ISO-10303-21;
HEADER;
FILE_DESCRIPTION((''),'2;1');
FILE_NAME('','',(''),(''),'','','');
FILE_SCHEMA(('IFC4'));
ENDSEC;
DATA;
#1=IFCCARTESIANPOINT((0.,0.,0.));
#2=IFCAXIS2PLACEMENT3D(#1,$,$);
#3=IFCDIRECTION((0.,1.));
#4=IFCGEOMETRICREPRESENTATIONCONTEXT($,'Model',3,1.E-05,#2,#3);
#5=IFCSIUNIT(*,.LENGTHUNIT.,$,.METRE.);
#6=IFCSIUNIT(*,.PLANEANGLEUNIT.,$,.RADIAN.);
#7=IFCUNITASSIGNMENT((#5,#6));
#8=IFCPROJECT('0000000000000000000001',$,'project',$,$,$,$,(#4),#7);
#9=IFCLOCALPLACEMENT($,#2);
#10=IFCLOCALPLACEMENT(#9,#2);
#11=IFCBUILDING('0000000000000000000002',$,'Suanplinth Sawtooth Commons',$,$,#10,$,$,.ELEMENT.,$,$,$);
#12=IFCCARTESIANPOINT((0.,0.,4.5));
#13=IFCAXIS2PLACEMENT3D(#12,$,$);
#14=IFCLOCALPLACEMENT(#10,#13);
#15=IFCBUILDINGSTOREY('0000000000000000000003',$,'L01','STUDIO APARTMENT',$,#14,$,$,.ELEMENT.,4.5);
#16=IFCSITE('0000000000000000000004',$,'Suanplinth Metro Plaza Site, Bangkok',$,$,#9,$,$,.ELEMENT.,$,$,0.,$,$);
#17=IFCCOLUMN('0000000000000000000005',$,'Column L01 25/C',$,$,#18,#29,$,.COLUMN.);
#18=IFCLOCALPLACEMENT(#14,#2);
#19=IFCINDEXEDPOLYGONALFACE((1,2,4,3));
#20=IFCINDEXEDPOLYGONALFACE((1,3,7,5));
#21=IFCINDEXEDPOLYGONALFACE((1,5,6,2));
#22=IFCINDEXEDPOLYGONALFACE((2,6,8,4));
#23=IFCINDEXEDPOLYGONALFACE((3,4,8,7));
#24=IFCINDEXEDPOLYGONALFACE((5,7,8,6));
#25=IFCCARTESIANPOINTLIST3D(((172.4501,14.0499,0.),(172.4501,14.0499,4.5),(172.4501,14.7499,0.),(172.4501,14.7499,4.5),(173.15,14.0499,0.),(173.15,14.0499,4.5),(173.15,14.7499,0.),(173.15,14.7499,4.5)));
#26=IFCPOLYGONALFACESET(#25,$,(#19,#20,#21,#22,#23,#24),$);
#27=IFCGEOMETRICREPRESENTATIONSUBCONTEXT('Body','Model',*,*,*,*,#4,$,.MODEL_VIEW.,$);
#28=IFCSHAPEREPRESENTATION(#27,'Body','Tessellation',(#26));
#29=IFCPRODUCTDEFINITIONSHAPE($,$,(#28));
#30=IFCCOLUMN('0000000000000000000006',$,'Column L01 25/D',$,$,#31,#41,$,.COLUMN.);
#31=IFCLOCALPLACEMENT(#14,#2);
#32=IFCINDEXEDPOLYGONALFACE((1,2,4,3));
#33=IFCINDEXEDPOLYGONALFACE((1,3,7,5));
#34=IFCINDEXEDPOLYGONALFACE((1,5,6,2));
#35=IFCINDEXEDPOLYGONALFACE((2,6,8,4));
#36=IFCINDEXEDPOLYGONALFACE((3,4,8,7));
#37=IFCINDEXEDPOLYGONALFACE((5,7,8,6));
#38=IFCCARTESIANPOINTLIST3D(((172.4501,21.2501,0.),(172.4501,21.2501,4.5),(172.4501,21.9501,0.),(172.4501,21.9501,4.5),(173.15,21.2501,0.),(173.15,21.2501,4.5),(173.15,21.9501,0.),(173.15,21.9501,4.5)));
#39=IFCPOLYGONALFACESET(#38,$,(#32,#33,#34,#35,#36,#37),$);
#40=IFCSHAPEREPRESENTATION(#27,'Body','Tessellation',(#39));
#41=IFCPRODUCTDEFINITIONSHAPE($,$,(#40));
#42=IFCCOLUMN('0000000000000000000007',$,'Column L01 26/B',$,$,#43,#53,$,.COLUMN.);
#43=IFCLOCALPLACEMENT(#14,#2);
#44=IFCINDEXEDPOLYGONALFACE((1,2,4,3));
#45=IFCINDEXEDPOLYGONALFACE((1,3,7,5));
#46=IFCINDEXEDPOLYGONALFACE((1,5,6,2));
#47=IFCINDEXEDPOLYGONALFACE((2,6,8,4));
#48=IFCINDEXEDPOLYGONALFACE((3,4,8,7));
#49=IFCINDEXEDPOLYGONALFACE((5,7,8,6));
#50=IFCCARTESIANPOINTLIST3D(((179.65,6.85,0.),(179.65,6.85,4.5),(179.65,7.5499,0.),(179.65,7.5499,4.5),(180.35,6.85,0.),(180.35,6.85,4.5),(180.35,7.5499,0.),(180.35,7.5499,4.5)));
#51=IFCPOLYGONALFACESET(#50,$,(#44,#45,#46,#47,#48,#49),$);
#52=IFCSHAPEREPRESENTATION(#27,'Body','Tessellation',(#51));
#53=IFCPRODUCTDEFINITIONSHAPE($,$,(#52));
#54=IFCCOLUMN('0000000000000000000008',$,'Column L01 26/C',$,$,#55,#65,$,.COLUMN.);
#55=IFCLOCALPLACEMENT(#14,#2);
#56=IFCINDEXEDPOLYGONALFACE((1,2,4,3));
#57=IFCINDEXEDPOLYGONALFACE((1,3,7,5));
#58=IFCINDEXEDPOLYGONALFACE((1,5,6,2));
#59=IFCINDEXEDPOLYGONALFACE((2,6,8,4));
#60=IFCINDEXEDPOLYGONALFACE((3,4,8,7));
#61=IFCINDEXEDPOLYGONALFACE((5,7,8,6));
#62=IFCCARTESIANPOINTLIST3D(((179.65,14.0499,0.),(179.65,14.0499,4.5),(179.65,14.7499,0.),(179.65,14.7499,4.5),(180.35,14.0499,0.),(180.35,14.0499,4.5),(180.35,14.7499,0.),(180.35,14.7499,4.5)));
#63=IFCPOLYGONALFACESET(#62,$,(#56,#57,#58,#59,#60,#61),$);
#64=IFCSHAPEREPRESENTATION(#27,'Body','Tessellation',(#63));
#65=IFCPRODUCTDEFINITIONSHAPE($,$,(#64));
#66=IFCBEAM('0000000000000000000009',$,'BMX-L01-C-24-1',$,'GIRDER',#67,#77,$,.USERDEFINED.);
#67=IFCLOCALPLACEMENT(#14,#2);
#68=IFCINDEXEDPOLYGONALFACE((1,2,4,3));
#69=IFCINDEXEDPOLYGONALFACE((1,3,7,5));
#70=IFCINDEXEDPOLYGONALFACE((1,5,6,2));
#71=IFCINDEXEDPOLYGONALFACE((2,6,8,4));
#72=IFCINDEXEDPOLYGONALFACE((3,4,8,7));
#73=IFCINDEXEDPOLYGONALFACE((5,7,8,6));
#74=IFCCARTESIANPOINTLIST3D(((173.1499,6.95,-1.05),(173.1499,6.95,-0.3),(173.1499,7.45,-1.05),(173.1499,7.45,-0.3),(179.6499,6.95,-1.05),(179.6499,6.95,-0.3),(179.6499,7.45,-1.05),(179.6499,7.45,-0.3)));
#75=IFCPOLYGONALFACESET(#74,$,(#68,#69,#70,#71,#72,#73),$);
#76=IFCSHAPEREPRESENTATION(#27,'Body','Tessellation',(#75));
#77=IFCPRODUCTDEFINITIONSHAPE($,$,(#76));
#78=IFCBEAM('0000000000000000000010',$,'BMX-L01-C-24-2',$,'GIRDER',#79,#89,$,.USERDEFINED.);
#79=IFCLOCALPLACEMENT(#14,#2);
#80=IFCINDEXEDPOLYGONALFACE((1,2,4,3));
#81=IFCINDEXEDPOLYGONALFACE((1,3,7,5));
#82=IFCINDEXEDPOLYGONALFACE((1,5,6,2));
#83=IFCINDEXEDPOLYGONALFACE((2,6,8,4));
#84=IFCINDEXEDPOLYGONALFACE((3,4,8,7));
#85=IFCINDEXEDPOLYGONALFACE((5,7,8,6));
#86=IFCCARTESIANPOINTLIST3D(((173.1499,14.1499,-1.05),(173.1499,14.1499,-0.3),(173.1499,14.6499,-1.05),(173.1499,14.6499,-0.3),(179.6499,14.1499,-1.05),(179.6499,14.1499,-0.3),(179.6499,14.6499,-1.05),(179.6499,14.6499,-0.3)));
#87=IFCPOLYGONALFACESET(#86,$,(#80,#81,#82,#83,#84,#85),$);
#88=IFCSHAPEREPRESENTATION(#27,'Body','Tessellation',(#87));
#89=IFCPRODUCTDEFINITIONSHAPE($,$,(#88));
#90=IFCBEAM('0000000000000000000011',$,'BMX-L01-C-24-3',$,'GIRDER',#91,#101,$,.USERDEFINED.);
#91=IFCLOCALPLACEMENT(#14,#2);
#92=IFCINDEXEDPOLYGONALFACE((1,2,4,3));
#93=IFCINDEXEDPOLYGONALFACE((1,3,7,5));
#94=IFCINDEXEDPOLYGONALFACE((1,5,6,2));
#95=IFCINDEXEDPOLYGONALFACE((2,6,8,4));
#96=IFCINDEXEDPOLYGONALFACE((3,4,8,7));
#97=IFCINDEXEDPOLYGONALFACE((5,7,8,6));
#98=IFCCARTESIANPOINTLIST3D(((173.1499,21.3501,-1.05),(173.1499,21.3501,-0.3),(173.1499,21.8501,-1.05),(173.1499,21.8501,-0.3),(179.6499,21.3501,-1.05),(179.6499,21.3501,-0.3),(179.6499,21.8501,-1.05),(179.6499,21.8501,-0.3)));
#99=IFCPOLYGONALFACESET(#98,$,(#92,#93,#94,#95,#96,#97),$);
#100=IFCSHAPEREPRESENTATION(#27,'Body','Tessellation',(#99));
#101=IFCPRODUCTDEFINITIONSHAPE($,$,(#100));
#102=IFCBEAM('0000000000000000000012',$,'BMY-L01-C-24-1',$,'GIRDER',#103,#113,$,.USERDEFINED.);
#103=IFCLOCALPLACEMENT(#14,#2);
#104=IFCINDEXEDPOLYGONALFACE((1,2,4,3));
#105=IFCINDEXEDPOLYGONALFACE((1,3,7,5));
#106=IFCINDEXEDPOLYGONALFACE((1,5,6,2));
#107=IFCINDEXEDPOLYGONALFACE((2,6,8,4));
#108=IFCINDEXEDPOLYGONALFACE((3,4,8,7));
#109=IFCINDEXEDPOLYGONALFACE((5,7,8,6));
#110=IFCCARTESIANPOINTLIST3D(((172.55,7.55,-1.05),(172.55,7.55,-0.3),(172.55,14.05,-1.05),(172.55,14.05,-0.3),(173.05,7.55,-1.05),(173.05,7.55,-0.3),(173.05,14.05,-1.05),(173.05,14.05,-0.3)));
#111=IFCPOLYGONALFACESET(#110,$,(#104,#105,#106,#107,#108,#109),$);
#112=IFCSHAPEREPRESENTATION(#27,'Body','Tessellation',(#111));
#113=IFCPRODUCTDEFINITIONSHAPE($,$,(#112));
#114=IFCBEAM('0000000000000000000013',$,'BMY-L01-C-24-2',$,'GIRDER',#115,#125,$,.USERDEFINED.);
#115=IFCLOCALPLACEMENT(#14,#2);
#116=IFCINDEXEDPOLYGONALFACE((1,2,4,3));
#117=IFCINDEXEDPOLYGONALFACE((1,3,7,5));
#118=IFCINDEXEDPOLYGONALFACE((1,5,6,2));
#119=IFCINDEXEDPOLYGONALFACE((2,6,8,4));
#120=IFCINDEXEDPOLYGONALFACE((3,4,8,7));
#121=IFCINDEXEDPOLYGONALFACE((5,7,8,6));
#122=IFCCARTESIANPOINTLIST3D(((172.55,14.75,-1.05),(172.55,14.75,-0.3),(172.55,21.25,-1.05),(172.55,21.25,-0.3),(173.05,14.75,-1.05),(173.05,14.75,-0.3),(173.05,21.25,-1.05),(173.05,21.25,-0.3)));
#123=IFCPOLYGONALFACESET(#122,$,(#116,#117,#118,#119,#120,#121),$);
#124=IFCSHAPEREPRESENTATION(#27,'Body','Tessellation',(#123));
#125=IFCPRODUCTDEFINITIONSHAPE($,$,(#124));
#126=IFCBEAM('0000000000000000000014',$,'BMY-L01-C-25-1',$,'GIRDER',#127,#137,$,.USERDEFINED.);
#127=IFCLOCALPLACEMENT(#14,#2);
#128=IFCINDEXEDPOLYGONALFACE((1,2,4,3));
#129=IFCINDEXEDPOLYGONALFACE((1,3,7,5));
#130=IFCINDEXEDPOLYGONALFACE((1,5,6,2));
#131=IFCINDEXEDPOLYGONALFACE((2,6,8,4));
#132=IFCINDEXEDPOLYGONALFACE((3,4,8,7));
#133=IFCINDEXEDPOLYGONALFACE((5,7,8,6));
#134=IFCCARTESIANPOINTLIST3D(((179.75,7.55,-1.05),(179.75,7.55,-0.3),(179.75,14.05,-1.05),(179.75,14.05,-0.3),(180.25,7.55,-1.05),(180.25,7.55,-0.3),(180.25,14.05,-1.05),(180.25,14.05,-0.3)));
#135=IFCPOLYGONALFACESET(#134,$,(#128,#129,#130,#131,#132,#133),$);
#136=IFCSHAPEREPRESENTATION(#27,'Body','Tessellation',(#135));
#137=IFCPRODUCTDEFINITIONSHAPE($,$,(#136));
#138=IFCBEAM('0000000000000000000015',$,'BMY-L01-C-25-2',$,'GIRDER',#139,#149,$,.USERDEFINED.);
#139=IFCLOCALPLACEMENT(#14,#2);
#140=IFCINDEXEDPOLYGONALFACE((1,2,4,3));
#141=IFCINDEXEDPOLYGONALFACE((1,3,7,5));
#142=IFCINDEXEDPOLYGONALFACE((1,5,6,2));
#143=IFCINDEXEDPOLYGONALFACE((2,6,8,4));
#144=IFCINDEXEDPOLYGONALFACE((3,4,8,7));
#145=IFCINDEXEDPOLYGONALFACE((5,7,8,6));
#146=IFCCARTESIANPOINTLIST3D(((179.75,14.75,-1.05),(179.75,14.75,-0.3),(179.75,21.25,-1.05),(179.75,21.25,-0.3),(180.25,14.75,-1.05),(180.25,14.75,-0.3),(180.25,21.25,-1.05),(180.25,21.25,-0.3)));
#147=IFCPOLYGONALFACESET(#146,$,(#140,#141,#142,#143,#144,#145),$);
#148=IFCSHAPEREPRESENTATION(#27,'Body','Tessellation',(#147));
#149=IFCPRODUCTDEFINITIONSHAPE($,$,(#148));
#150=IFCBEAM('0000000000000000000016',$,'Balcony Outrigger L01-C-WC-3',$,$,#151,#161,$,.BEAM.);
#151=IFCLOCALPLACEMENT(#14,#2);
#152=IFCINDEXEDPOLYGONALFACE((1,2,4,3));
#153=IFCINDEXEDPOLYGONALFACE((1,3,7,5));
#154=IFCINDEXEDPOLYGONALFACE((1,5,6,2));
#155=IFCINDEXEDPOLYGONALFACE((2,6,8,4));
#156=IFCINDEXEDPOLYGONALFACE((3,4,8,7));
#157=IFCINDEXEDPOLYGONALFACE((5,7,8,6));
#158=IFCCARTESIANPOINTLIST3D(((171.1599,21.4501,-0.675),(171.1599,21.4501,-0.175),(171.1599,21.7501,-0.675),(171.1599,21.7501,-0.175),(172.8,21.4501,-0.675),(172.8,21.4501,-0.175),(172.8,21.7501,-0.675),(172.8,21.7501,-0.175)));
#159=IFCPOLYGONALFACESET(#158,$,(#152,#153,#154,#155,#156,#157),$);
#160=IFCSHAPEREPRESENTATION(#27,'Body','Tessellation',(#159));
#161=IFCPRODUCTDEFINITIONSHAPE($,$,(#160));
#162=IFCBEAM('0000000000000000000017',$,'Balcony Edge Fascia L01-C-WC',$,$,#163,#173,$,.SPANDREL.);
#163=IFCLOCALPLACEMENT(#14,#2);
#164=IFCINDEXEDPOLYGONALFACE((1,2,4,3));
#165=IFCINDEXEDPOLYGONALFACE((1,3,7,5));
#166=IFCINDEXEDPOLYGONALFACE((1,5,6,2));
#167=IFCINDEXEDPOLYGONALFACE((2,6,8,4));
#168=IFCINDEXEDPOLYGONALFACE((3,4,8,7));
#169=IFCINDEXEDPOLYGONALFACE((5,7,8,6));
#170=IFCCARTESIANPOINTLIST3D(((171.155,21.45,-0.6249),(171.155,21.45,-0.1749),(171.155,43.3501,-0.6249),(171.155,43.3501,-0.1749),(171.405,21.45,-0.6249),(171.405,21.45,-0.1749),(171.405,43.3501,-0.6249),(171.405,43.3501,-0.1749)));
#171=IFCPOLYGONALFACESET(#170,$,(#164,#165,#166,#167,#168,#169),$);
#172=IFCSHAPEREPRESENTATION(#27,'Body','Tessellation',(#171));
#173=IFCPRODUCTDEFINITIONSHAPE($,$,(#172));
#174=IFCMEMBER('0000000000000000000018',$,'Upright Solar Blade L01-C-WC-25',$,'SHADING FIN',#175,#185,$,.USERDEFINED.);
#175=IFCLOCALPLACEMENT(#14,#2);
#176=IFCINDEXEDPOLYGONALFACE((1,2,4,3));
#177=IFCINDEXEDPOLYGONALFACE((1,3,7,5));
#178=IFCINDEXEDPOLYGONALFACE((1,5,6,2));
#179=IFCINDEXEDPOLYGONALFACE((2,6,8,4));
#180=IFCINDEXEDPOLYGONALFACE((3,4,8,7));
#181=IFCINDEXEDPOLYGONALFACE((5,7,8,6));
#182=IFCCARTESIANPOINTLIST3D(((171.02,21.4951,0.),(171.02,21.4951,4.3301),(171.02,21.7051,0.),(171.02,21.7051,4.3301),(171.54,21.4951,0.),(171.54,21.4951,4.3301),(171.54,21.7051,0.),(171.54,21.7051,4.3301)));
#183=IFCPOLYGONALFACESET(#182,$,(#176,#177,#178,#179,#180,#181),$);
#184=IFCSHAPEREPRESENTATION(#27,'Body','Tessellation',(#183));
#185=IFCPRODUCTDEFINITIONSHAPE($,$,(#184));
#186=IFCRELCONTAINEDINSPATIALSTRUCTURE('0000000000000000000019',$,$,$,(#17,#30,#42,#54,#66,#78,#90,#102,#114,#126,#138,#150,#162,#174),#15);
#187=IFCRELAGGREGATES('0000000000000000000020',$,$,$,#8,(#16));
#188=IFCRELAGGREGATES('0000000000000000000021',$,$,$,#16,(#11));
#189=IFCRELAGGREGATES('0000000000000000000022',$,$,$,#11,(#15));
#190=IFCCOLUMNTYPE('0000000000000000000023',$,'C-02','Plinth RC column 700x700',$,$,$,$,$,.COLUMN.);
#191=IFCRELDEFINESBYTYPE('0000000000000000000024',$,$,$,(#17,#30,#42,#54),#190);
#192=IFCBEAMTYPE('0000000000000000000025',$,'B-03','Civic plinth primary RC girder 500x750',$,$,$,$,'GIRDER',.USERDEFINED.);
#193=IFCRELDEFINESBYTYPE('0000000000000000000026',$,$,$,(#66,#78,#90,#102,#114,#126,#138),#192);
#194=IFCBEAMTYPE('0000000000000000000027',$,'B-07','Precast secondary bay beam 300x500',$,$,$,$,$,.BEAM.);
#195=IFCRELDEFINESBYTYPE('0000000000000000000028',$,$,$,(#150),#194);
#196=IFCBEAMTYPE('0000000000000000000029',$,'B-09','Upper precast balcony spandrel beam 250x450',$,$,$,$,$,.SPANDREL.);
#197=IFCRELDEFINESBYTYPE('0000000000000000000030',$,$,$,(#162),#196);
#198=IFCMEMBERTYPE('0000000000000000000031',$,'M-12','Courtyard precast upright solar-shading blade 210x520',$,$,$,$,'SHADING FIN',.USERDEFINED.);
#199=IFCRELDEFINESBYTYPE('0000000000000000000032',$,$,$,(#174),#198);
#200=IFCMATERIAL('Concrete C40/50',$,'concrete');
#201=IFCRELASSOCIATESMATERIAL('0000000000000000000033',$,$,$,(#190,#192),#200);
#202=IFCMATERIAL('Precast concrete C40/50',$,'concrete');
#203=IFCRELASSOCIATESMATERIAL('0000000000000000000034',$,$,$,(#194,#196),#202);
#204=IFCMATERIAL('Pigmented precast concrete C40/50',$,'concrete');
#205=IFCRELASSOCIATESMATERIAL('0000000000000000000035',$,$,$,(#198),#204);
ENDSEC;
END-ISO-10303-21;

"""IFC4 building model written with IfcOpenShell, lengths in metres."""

from ifc_helpers import new_model, si_unit, direction, frame, origin, origin_2d, place, context, subcontext, project, spatial, rectangle, extrude, material, material_profile, profile_set, type_object, element, save


model = new_model("IFC4")

# Units and contexts
model_context = context("Model", 3, precision=1e-05, world=origin(), true_north=direction((0.0, 1.0)))
body_context = subcontext(model_context, "Body", "Model", "MODEL_VIEW")
ifc_project = project(units=[si_unit("LENGTHUNIT", "METRE"), si_unit("PLANEANGLEUNIT", "RADIAN")], contexts=[model_context])

# Site, building, storey
site_placement = place(None, origin())
site = spatial("IfcSite", under=ifc_project, at=site_placement, Name="Suanplinth Metro Plaza Site, Bangkok", CompositionType="ELEMENT", RefElevation=0.0)
building_placement = place(site_placement, origin())
building = spatial("IfcBuilding", under=site, at=building_placement, Name="Suanplinth Sawtooth Commons", CompositionType="ELEMENT")
storey_placement = place(building_placement, frame((0.0, 0.0, 4.5)))
storey = spatial("IfcBuildingStorey", under=building, at=storey_placement, Name="L01", Description="STUDIO APARTMENT", CompositionType="ELEMENT", Elevation=4.5)

# Columns
ifc_material_1 = material(Name="Concrete C40/50", Category="concrete")
ifc_material_profile_1 = material_profile(ifc_material_1, rectangle(XDim=0.7, YDim=0.7, at=origin_2d()), Name="RC-COL 700x700")
ifc_profile_set_1 = profile_set([ifc_material_profile_1], Name="Concrete C40/50")
column_type = type_object("IfcColumnType", Name="C-02", Description="Plinth RC column 700x700", PredefinedType="COLUMN", material=ifc_profile_set_1)
for number, where, z_axis, x_axis, name in (
    (1, (172.8, 14.3999, 0.0), (0.0, 0.0, 1.0), (1.0, 0.0, 0.0), "Column L01 25/C"),
    (2, (172.8, 21.6001, 0.0), (0.0, 0.0, 1.0), (1.0, 0.0, 0.0), "Column L01 25/D"),
    (3, (180.0, 7.2, 0.0), (0.0, 0.0, 1.0), (1.0, 0.0, 0.0), "Column L01 26/B"),
    (4, (180.0, 14.3999, 0.0), (0.0, 0.0, 1.0), (1.0, 0.0, 0.0), "Column L01 26/C"),
):
    element("IfcColumn", number, at=place(storey_placement, frame(where, z_axis=z_axis, x_axis=x_axis)), inside=storey, type_object=column_type, Name=name, PredefinedType="COLUMN", context=body_context, shape_type="SweptSolid", body=[
        extrude(rectangle(XDim=0.7, YDim=0.7, at=origin_2d()), origin(), (0.0, 0.0, 1.0), 4.5),
    ])

# Beams
ifc_material_profile_2 = material_profile(ifc_material_1, rectangle(XDim=0.5, YDim=0.75, at=origin_2d()), Name="RC-GDR 500x750")
ifc_profile_set_2 = profile_set([ifc_material_profile_2], Name="Concrete C40/50")
beam_type_1 = type_object("IfcBeamType", Name="B-03", Description="Civic plinth primary RC girder 500x750", ElementType="GIRDER", PredefinedType="USERDEFINED", material=ifc_profile_set_2)
for number, where, z_axis, x_axis, name in (
    (5, (173.1499, 7.2, -0.675), (1.0, 0.0, 0.0), (0.0, 1.0, 0.0), "BMX-L01-C-24-1"),
    (6, (173.1499, 14.3999, -0.675), (1.0, 0.0, 0.0), (0.0, 1.0, 0.0), "BMX-L01-C-24-2"),
    (7, (173.1499, 21.6001, -0.675), (1.0, 0.0, 0.0), (0.0, 1.0, 0.0), "BMX-L01-C-24-3"),
    (8, (172.8, 7.55, -0.675), (0.0, 1.0, 0.0), (-1.0, 0.0, 0.0), "BMY-L01-C-24-1"),
    (9, (172.8, 14.75, -0.675), (0.0, 1.0, 0.0), (-1.0, 0.0, 0.0), "BMY-L01-C-24-2"),
    (10, (180.0, 7.55, -0.675), (0.0, 1.0, 0.0), (-1.0, 0.0, 0.0), "BMY-L01-C-25-1"),
    (11, (180.0, 14.75, -0.675), (0.0, 1.0, 0.0), (-1.0, 0.0, 0.0), "BMY-L01-C-25-2"),
):
    element("IfcBeam", number, at=place(storey_placement, frame(where, z_axis=z_axis, x_axis=x_axis)), inside=storey, type_object=beam_type_1, Name=name, ObjectType="GIRDER", PredefinedType="USERDEFINED", context=body_context, shape_type="SweptSolid", body=[
        extrude(rectangle(XDim=0.5, YDim=0.75, at=origin_2d()), origin(), (0.0, 0.0, 1.0), 6.5),
    ])
ifc_material_2 = material(Name="Precast concrete C40/50", Category="concrete")
ifc_material_profile_3 = material_profile(ifc_material_2, rectangle(XDim=0.3, YDim=0.5, at=origin_2d()), Name="PC-BM 300x500")
ifc_profile_set_3 = profile_set([ifc_material_profile_3], Name="Precast concrete C40/50")
beam_type_2 = type_object("IfcBeamType", Name="B-07", Description="Precast secondary bay beam 300x500", PredefinedType="BEAM", material=ifc_profile_set_3)
beam_1_placement = place(storey_placement, frame((172.8, 21.6001, -0.425), z_axis=(-1.0, 0.0, 0.0), x_axis=(0.0, -1.0, 0.0)))
element("IfcBeam", 12, at=beam_1_placement, inside=storey, type_object=beam_type_2, Name="Balcony Outrigger L01-C-WC-3", PredefinedType="BEAM", context=body_context, shape_type="SweptSolid", body=[
    extrude(rectangle(XDim=0.3, YDim=0.5, at=origin_2d()), origin(), (0.0, 0.0, 1.0), 1.6401),
])
ifc_material_profile_4 = material_profile(ifc_material_2, rectangle(XDim=0.25, YDim=0.45, at=origin_2d()), Name="PC-SP 250x450")
ifc_profile_set_4 = profile_set([ifc_material_profile_4], Name="Precast concrete C40/50")
beam_type_3 = type_object("IfcBeamType", Name="B-09", Description="Upper precast balcony spandrel beam 250x450", PredefinedType="SPANDREL", material=ifc_profile_set_4)
beam_2_placement = place(storey_placement, frame((171.28, 21.45, -0.3999), z_axis=(0.0, 1.0, 0.0), x_axis=(-1.0, 0.0, 0.0)))
element("IfcBeam", 13, at=beam_2_placement, inside=storey, type_object=beam_type_3, Name="Balcony Edge Fascia L01-C-WC", PredefinedType="SPANDREL", context=body_context, shape_type="SweptSolid", body=[
    extrude(rectangle(XDim=0.25, YDim=0.45, at=origin_2d()), origin(), (0.0, 0.0, 1.0), 21.9001),
])

# Member
ifc_material_3 = material(Name="Pigmented precast concrete C40/50", Category="concrete")
ifc_material_profile_5 = material_profile(ifc_material_3, rectangle(XDim=0.21, YDim=0.52, at=origin_2d()), Name="PC-FIN 210x520")
ifc_profile_set_5 = profile_set([ifc_material_profile_5], Name="Pigmented precast concrete C40/50")
member_type = type_object("IfcMemberType", Name="M-12", Description="Courtyard precast upright solar-shading blade 210x520", ElementType="SHADING FIN", PredefinedType="USERDEFINED", material=ifc_profile_set_5)
member_placement = place(storey_placement, frame((171.28, 21.6001, 0.0), z_axis=(0.0, 0.0, 1.0), x_axis=(0.0, 1.0, 0.0)))
element("IfcMember", 14, at=member_placement, inside=storey, type_object=member_type, Name="Upright Solar Blade L01-C-WC-25", ObjectType="SHADING FIN", PredefinedType="USERDEFINED", context=body_context, shape_type="SweptSolid", body=[
    extrude(rectangle(XDim=0.21, YDim=0.52, at=origin_2d()), origin(), (0.0, 0.0, 1.0), 4.3301),
])

save(model, "model.ifc")
